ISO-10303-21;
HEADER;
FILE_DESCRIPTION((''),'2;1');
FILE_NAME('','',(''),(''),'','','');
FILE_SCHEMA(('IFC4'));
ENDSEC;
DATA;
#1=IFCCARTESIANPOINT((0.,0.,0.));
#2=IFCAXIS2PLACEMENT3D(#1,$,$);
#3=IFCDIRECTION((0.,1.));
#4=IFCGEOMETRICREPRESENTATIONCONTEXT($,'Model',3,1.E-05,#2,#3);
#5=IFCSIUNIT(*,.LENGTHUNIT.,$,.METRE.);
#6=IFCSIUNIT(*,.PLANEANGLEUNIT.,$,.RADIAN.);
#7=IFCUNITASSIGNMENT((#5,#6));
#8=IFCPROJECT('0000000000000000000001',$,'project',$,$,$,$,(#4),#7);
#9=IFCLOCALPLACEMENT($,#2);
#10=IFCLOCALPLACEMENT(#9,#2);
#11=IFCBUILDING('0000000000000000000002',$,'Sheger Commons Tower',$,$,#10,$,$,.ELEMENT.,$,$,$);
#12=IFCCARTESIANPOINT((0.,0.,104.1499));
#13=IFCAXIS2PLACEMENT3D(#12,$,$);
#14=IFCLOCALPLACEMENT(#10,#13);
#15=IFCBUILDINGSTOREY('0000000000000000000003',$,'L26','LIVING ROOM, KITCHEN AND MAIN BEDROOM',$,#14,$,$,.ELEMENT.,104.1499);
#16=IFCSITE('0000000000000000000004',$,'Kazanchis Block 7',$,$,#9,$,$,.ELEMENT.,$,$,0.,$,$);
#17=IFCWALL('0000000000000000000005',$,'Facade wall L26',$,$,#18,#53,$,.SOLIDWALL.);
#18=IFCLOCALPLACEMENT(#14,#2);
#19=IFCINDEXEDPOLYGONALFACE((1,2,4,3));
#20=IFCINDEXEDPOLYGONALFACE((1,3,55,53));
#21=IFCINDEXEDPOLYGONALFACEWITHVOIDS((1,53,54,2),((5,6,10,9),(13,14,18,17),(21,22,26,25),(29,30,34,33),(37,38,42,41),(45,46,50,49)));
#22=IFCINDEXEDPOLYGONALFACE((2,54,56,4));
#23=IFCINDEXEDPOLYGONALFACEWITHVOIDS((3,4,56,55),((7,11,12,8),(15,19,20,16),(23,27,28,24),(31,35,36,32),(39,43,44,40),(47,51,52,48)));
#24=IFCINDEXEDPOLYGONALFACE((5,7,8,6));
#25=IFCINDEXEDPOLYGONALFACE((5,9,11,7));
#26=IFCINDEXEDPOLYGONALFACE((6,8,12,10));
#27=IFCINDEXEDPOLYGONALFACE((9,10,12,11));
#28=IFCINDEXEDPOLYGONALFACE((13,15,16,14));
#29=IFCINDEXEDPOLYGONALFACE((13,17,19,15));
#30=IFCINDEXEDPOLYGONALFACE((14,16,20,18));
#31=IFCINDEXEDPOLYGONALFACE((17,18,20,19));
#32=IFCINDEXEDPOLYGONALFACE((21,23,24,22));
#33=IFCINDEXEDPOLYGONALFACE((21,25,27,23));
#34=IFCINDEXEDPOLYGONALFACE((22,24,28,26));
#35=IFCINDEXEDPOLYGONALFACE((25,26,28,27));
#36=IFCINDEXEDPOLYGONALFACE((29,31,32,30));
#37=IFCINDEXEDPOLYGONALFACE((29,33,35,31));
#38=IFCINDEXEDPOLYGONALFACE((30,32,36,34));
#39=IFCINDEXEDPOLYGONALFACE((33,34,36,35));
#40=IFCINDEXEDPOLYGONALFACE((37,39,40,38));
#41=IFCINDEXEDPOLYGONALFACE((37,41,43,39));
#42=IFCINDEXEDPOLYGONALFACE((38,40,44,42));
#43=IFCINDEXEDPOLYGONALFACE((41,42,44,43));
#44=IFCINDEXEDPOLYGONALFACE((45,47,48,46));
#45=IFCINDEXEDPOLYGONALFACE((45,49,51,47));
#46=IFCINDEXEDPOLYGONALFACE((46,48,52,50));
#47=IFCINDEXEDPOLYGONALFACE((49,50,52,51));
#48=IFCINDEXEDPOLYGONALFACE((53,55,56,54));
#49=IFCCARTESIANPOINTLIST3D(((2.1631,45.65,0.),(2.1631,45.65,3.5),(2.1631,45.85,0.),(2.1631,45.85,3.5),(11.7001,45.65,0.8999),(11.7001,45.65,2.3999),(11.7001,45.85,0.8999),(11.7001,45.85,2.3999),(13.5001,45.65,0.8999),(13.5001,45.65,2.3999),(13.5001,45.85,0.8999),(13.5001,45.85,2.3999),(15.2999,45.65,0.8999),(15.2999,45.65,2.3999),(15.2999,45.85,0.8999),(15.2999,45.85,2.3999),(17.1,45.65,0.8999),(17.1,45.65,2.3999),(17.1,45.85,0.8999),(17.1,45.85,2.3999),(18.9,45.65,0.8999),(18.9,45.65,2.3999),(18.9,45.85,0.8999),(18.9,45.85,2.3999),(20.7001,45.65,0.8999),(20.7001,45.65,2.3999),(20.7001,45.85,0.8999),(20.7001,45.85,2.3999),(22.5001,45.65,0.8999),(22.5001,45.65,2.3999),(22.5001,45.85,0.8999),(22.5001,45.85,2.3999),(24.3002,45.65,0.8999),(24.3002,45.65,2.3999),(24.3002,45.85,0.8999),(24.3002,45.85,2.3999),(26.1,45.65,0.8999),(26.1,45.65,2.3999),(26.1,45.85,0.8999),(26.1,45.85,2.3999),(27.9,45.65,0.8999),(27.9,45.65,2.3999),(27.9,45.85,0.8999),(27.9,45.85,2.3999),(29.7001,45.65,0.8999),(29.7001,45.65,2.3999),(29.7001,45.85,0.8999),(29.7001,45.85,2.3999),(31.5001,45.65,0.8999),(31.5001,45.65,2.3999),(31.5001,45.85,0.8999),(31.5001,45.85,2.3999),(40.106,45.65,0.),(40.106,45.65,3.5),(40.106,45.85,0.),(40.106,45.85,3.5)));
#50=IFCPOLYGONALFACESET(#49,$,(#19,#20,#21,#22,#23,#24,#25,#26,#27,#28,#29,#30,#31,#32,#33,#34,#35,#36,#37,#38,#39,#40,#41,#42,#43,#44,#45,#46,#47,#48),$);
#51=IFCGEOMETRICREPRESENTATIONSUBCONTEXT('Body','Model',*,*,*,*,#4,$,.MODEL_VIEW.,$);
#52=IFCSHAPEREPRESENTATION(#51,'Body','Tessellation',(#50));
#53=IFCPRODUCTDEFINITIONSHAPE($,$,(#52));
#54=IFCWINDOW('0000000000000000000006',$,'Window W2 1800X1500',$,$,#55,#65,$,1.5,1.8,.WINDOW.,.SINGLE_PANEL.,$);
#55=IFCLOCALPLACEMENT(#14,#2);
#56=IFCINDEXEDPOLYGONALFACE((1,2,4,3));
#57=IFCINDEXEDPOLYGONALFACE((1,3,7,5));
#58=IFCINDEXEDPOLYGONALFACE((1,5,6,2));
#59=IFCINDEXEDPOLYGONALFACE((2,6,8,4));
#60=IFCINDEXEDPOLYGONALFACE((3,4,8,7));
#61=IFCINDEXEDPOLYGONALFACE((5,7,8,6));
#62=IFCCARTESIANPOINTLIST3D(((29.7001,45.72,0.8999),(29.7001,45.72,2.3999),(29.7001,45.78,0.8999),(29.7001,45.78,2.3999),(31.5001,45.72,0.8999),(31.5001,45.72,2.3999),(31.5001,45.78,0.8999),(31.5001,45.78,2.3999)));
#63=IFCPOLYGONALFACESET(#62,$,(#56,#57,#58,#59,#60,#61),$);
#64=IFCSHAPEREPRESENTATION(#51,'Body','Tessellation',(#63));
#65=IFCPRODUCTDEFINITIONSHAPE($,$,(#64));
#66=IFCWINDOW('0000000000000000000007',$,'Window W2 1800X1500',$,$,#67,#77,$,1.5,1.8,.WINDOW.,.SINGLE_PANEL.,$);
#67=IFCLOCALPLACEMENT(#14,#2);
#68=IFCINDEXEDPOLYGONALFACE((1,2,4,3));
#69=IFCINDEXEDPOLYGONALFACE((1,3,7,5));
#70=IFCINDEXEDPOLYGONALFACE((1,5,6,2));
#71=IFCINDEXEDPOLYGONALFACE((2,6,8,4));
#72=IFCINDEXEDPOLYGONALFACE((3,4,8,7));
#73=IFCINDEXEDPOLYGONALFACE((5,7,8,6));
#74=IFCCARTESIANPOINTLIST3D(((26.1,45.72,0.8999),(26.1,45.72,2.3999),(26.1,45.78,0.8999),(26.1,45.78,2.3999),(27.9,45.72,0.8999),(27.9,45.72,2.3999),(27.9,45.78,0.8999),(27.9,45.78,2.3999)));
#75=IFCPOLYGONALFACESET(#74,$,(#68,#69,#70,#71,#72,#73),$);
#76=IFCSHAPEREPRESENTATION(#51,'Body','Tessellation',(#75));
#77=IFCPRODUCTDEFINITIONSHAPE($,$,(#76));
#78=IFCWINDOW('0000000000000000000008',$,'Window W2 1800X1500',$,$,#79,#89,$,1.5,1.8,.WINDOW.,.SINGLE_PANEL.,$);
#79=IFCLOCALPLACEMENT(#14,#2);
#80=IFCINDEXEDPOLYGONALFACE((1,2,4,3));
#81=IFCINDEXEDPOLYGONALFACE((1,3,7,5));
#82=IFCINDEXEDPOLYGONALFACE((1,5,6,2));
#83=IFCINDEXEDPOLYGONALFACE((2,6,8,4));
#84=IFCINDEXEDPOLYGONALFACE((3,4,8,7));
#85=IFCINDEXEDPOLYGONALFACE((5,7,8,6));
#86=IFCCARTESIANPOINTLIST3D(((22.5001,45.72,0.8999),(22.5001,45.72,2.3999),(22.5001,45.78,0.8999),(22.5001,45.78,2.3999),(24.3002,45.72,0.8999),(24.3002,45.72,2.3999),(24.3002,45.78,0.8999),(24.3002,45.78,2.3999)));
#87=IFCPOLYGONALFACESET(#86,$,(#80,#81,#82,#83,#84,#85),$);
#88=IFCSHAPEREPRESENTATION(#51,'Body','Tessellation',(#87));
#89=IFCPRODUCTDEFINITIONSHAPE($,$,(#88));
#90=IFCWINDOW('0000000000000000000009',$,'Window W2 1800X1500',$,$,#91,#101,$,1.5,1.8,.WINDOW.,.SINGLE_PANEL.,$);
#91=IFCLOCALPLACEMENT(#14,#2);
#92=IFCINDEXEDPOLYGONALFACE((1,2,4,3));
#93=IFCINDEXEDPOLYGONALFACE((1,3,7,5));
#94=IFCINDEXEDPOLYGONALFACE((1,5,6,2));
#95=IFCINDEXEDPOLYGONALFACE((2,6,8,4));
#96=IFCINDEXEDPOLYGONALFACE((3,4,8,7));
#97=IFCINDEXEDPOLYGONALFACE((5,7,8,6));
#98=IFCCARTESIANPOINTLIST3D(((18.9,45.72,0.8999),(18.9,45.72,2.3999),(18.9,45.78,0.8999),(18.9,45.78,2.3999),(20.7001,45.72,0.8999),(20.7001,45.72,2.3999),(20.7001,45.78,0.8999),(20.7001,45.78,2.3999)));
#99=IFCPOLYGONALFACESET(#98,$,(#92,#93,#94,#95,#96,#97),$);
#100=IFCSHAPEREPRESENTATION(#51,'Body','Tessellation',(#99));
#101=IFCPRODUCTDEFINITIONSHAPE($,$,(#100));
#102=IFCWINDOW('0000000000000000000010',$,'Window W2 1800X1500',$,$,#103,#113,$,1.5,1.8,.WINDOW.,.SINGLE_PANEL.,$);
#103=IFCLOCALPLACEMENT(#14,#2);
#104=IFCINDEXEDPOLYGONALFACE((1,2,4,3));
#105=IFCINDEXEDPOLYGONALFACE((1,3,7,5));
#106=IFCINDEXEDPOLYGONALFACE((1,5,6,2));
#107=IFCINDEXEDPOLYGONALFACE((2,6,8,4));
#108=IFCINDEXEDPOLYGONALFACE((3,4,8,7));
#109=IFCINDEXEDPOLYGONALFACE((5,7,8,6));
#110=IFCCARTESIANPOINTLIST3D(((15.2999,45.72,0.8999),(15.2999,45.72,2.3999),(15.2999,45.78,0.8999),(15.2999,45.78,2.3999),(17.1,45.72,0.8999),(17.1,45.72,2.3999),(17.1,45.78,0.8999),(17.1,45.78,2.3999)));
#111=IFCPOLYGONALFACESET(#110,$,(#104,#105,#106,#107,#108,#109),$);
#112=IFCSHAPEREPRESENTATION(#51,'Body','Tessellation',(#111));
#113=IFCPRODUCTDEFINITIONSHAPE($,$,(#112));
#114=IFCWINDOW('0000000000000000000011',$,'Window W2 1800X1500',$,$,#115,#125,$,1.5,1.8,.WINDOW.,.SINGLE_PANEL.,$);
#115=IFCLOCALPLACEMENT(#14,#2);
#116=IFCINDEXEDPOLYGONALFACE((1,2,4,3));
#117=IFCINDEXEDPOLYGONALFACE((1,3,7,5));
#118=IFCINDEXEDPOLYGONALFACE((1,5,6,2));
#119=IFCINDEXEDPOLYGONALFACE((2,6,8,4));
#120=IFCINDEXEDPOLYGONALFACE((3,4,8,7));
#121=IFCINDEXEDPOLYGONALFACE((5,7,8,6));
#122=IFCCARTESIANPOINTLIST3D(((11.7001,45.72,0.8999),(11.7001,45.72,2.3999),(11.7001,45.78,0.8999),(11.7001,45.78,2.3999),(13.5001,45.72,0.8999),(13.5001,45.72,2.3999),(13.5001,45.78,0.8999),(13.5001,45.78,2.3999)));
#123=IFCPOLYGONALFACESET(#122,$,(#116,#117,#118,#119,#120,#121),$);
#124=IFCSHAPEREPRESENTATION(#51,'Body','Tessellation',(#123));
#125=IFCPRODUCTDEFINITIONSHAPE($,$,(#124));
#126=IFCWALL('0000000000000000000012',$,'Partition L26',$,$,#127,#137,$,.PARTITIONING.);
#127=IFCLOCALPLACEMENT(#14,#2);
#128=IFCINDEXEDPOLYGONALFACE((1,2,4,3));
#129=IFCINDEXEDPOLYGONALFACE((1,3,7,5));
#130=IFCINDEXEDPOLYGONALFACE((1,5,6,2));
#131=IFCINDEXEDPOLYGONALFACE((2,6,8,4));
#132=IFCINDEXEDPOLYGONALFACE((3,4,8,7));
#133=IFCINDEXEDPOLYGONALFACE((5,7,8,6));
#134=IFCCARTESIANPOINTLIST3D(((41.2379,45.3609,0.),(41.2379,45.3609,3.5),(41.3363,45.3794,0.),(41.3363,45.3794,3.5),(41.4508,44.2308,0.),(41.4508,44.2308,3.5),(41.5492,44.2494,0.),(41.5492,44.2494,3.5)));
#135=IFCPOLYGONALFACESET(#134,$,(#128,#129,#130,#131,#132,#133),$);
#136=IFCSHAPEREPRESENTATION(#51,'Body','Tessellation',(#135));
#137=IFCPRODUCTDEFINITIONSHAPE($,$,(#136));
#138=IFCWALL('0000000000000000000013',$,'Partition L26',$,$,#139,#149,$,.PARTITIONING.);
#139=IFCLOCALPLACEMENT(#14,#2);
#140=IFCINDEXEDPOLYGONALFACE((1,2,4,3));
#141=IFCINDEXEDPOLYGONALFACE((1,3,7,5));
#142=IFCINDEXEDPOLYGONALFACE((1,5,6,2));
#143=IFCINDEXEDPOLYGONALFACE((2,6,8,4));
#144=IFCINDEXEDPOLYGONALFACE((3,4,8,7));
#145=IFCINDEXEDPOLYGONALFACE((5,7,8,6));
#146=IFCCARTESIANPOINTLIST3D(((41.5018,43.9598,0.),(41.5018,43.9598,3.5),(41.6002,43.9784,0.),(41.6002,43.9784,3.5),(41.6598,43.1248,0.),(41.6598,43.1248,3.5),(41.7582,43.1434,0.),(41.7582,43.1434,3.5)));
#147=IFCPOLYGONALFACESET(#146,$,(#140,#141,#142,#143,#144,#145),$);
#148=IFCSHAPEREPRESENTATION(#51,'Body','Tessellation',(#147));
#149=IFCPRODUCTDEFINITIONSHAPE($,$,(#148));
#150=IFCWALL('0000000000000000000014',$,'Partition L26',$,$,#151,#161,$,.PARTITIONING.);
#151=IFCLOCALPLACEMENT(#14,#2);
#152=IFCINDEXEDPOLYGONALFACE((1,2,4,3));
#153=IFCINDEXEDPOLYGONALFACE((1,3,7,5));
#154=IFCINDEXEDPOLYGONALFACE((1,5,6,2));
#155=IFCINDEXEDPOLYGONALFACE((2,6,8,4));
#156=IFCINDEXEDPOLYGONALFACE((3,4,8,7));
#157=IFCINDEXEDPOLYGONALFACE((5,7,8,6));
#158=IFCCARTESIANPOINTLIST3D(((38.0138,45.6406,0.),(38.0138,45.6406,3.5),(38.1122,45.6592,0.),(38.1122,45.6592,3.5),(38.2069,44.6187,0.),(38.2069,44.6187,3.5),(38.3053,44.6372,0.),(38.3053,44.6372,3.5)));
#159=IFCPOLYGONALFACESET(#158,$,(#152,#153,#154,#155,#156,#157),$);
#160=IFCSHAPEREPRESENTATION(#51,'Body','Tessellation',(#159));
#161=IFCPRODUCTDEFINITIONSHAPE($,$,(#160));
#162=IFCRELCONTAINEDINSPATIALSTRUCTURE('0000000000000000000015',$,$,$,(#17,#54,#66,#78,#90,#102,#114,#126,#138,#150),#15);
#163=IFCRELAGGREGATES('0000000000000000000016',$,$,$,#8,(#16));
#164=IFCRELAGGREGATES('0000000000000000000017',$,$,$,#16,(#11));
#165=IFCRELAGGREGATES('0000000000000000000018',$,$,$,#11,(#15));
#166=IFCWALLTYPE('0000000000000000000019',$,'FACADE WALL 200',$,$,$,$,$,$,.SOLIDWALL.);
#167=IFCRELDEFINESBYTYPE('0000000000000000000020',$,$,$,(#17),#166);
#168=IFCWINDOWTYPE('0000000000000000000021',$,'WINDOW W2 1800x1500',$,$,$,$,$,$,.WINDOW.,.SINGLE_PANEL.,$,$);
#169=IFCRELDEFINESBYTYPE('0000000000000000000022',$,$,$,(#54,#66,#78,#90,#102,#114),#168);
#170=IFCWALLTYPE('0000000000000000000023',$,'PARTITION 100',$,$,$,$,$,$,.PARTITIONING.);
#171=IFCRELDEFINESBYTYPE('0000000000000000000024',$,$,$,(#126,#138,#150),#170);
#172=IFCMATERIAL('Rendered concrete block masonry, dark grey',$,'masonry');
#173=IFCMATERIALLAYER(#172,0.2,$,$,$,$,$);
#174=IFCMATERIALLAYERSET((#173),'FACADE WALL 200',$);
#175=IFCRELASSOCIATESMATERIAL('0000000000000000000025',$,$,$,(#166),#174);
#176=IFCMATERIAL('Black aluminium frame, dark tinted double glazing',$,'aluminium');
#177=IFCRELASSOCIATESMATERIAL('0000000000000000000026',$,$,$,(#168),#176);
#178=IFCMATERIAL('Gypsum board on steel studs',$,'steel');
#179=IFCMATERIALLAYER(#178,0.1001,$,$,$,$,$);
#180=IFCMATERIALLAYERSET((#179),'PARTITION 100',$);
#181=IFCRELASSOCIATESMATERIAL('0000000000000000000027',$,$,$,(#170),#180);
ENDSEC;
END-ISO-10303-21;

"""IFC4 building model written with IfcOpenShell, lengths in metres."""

from ifc_helpers import new_model, si_unit, direction, frame, frame_2d, origin, place, context, subcontext, project, spatial, rectangle, extrude, material, layer, layer_set, type_object, element, fill, save


model = new_model("IFC4")

# Units and contexts
model_context = context("Model", 3, precision=1e-05, world=origin(), true_north=direction((0.0, 1.0)))
body_context = subcontext(model_context, "Body", "Model", "MODEL_VIEW")
ifc_project = project(units=[si_unit("LENGTHUNIT", "METRE"), si_unit("PLANEANGLEUNIT", "RADIAN")], contexts=[model_context])

# Site, building, storey
site_placement = place(None, origin())
site = spatial("IfcSite", under=ifc_project, at=site_placement, Name="Kazanchis Block 7", CompositionType="ELEMENT", RefElevation=0.0)
building_placement = place(site_placement, origin())
building = spatial("IfcBuilding", under=site, at=building_placement, Name="Sheger Commons Tower", CompositionType="ELEMENT")
storey_placement = place(building_placement, frame((0.0, 0.0, 104.1499)))
storey = spatial("IfcBuildingStorey", under=building, at=storey_placement, Name="L26", Description="LIVING ROOM, KITCHEN AND MAIN BEDROOM", CompositionType="ELEMENT", Elevation=104.1499)

# Shared definitions
ifc_material_1 = material(Name="Rendered concrete block masonry, dark grey", Category="masonry")
ifc_layer_1 = layer(ifc_material_1, 0.2)
ifc_layer_set_1 = layer_set([ifc_layer_1], Name="FACADE WALL 200")
wall_type_1 = type_object("IfcWallType", Name="FACADE WALL 200", PredefinedType="SOLIDWALL", material=ifc_layer_set_1)

# Wall, openings, windows
wall_1_placement = place(storey_placement, frame((40.106, 45.75, 0.0), z_axis=(0.0, 0.0, 1.0), x_axis=(-1.0, 0.0, 0.0)))
wall_1 = element("IfcWall", 1, at=wall_1_placement, inside=storey, type_object=wall_type_1, Name="Facade wall L26", PredefinedType="SOLIDWALL", context=body_context, shape_type="SweptSolid", body=[
    extrude(rectangle(XDim=37.9429, YDim=0.2, at=frame_2d((18.9714, 0.0))), origin(), (0.0, 0.0, 1.0), 3.5),
])
opening_1_placement = place(wall_1_placement, frame((8.606, 0.0, 0.8999)))
opening_1 = element("IfcOpeningElement", 2, at=opening_1_placement, cuts=wall_1, PredefinedType="OPENING", context=body_context, shape_type="SweptSolid", body=[
    extrude(rectangle(XDim=1.8, YDim=1.5, at=frame_2d((0.8999, 0.75))), frame((0.0, 0.1099, 0.0), z_axis=(0.0, -1.0, 0.0), x_axis=(1.0, 0.0, 0.0)), (0.0, 0.0, 1.0), 0.22),
])
opening_2_placement = place(wall_1_placement, frame((12.2061, 0.0, 0.8999)))
opening_2 = element("IfcOpeningElement", 3, at=opening_2_placement, cuts=wall_1, PredefinedType="OPENING", context=body_context, shape_type="SweptSolid", body=[
    extrude(rectangle(XDim=1.8, YDim=1.5, at=frame_2d((0.8999, 0.75))), frame((0.0, 0.1099, 0.0), z_axis=(0.0, -1.0, 0.0), x_axis=(1.0, 0.0, 0.0)), (0.0, 0.0, 1.0), 0.22),
])
opening_3_placement = place(wall_1_placement, frame((15.8059, 0.0, 0.8999)))
opening_3 = element("IfcOpeningElement", 4, at=opening_3_placement, cuts=wall_1, PredefinedType="OPENING", context=body_context, shape_type="SweptSolid", body=[
    extrude(rectangle(XDim=1.8, YDim=1.5, at=frame_2d((0.8999, 0.75))), frame((0.0, 0.1099, 0.0), z_axis=(0.0, -1.0, 0.0), x_axis=(1.0, 0.0, 0.0)), (0.0, 0.0, 1.0), 0.22),
])
opening_4_placement = place(wall_1_placement, frame((19.406, 0.0, 0.8999)))
opening_4 = element("IfcOpeningElement", 5, at=opening_4_placement, cuts=wall_1, PredefinedType="OPENING", context=body_context, shape_type="SweptSolid", body=[
    extrude(rectangle(XDim=1.8, YDim=1.5, at=frame_2d((0.8999, 0.75))), frame((0.0, 0.1099, 0.0), z_axis=(0.0, -1.0, 0.0), x_axis=(1.0, 0.0, 0.0)), (0.0, 0.0, 1.0), 0.22),
])
opening_5_placement = place(wall_1_placement, frame((23.0061, 0.0, 0.8999)))
opening_5 = element("IfcOpeningElement", 6, at=opening_5_placement, cuts=wall_1, PredefinedType="OPENING", context=body_context, shape_type="SweptSolid", body=[
    extrude(rectangle(XDim=1.8, YDim=1.5, at=frame_2d((0.8999, 0.75))), frame((0.0, 0.1099, 0.0), z_axis=(0.0, -1.0, 0.0), x_axis=(1.0, 0.0, 0.0)), (0.0, 0.0, 1.0), 0.22),
])
opening_6_placement = place(wall_1_placement, frame((26.606, 0.0, 0.8999)))
opening_6 = element("IfcOpeningElement", 7, at=opening_6_placement, cuts=wall_1, PredefinedType="OPENING", context=body_context, shape_type="SweptSolid", body=[
    extrude(rectangle(XDim=1.8, YDim=1.5, at=frame_2d((0.8999, 0.75))), frame((0.0, 0.1099, 0.0), z_axis=(0.0, -1.0, 0.0), x_axis=(1.0, 0.0, 0.0)), (0.0, 0.0, 1.0), 0.22),
])
ifc_material_2 = material(Name="Black aluminium frame, dark tinted double glazing", Category="aluminium")
window_type = type_object("IfcWindowType", Name="WINDOW W2 1800x1500", PartitioningType="SINGLE_PANEL", PredefinedType="WINDOW", material=ifc_material_2)
window_1_placement = place(opening_1_placement, origin())
window_1 = element("IfcWindow", 8, at=window_1_placement, inside=storey, type_object=window_type, Name="Window W2 1800X1500", OverallHeight=1.5, OverallWidth=1.8, PartitioningType="SINGLE_PANEL", PredefinedType="WINDOW", context=body_context, shape_type="SweptSolid", body=[
    extrude(rectangle(XDim=1.8, YDim=1.5, at=frame_2d((0.8999, 0.75))), frame((0.0, 0.03, 0.0), z_axis=(0.0, -1.0, 0.0), x_axis=(1.0, 0.0, 0.0)), (0.0, 0.0, 1.0), 0.0601),
])
fill(opening_1, window_1)
window_2_placement = place(opening_2_placement, origin())
window_2 = element("IfcWindow", 9, at=window_2_placement, inside=storey, type_object=window_type, Name="Window W2 1800X1500", OverallHeight=1.5, OverallWidth=1.8, PartitioningType="SINGLE_PANEL", PredefinedType="WINDOW", context=body_context, shape_type="SweptSolid", body=[
    extrude(rectangle(XDim=1.8, YDim=1.5, at=frame_2d((0.8999, 0.75))), frame((0.0, 0.03, 0.0), z_axis=(0.0, -1.0, 0.0), x_axis=(1.0, 0.0, 0.0)), (0.0, 0.0, 1.0), 0.0601),
])
fill(opening_2, window_2)
window_3_placement = place(opening_3_placement, origin())
window_3 = element("IfcWindow", 10, at=window_3_placement, inside=storey, type_object=window_type, Name="Window W2 1800X1500", OverallHeight=1.5, OverallWidth=1.8, PartitioningType="SINGLE_PANEL", PredefinedType="WINDOW", context=body_context, shape_type="SweptSolid", body=[
    extrude(rectangle(XDim=1.8, YDim=1.5, at=frame_2d((0.8999, 0.75))), frame((0.0, 0.03, 0.0), z_axis=(0.0, -1.0, 0.0), x_axis=(1.0, 0.0, 0.0)), (0.0, 0.0, 1.0), 0.0601),
])
fill(opening_3, window_3)
window_4_placement = place(opening_4_placement, origin())
window_4 = element("IfcWindow", 11, at=window_4_placement, inside=storey, type_object=window_type, Name="Window W2 1800X1500", OverallHeight=1.5, OverallWidth=1.8, PartitioningType="SINGLE_PANEL", PredefinedType="WINDOW", context=body_context, shape_type="SweptSolid", body=[
    extrude(rectangle(XDim=1.8, YDim=1.5, at=frame_2d((0.8999, 0.75))), frame((0.0, 0.03, 0.0), z_axis=(0.0, -1.0, 0.0), x_axis=(1.0, 0.0, 0.0)), (0.0, 0.0, 1.0), 0.0601),
])
fill(opening_4, window_4)
window_5_placement = place(opening_5_placement, origin())
window_5 = element("IfcWindow", 12, at=window_5_placement, inside=storey, type_object=window_type, Name="Window W2 1800X1500", OverallHeight=1.5, OverallWidth=1.8, PartitioningType="SINGLE_PANEL", PredefinedType="WINDOW", context=body_context, shape_type="SweptSolid", body=[
    extrude(rectangle(XDim=1.8, YDim=1.5, at=frame_2d((0.8999, 0.75))), frame((0.0, 0.03, 0.0), z_axis=(0.0, -1.0, 0.0), x_axis=(1.0, 0.0, 0.0)), (0.0, 0.0, 1.0), 0.0601),
])
fill(opening_5, window_5)
window_6_placement = place(opening_6_placement, origin())
window_6 = element("IfcWindow", 13, at=window_6_placement, inside=storey, type_object=window_type, Name="Window W2 1800X1500", OverallHeight=1.5, OverallWidth=1.8, PartitioningType="SINGLE_PANEL", PredefinedType="WINDOW", context=body_context, shape_type="SweptSolid", body=[
    extrude(rectangle(XDim=1.8, YDim=1.5, at=frame_2d((0.8999, 0.75))), frame((0.0, 0.03, 0.0), z_axis=(0.0, -1.0, 0.0), x_axis=(1.0, 0.0, 0.0)), (0.0, 0.0, 1.0), 0.0601),
])
fill(opening_6, window_6)

# Walls
ifc_material_3 = material(Name="Gypsum board on steel studs", Category="steel")
ifc_layer_2 = layer(ifc_material_3, 0.1001)
ifc_layer_set_2 = layer_set([ifc_layer_2], Name="PARTITION 100")
wall_type_2 = type_object("IfcWallType", Name="PARTITION 100", PredefinedType="PARTITIONING", material=ifc_layer_set_2)
wall_2_placement = place(storey_placement, frame((41.2871, 45.3701, 0.0), z_axis=(0.0, 0.0, 1.0), x_axis=(0.185122, -0.982716, 0.0)))
element("IfcWall", 14, at=wall_2_placement, inside=storey, type_object=wall_type_2, Name="Partition L26", PredefinedType="PARTITIONING", context=body_context, shape_type="SweptSolid", body=[
    extrude(rectangle(XDim=1.1499, YDim=0.1001, at=frame_2d((0.575, 0.0))), origin(), (0.0, 0.0, 1.0), 3.5),
])
wall_3_placement = place(storey_placement, frame((41.551, 43.969, 0.0), z_axis=(0.0, 0.0, 1.0), x_axis=(0.185884, -0.982572, 0.0)))
element("IfcWall", 15, at=wall_3_placement, inside=storey, type_object=wall_type_2, Name="Partition L26", PredefinedType="PARTITIONING", context=body_context, shape_type="SweptSolid", body=[
    extrude(rectangle(XDim=0.8499, YDim=0.1001, at=frame_2d((0.4248, 0.0))), origin(), (0.0, 0.0, 1.0), 3.5),
])
wall_4_placement = place(storey_placement, frame((38.063, 45.6499, 0.0), z_axis=(0.0, 0.0, 1.0), x_axis=(0.185677, -0.982611, 0.0)))
element("IfcWall", 16, at=wall_4_placement, inside=storey, type_object=wall_type_2, Name="Partition L26", PredefinedType="PARTITIONING", context=body_context, shape_type="SweptSolid", body=[
    extrude(rectangle(XDim=1.04, YDim=0.1001, at=frame_2d((0.52, 0.0))), origin(), (0.0, 0.0, 1.0), 3.5),
])

save(model, "model.ifc")
